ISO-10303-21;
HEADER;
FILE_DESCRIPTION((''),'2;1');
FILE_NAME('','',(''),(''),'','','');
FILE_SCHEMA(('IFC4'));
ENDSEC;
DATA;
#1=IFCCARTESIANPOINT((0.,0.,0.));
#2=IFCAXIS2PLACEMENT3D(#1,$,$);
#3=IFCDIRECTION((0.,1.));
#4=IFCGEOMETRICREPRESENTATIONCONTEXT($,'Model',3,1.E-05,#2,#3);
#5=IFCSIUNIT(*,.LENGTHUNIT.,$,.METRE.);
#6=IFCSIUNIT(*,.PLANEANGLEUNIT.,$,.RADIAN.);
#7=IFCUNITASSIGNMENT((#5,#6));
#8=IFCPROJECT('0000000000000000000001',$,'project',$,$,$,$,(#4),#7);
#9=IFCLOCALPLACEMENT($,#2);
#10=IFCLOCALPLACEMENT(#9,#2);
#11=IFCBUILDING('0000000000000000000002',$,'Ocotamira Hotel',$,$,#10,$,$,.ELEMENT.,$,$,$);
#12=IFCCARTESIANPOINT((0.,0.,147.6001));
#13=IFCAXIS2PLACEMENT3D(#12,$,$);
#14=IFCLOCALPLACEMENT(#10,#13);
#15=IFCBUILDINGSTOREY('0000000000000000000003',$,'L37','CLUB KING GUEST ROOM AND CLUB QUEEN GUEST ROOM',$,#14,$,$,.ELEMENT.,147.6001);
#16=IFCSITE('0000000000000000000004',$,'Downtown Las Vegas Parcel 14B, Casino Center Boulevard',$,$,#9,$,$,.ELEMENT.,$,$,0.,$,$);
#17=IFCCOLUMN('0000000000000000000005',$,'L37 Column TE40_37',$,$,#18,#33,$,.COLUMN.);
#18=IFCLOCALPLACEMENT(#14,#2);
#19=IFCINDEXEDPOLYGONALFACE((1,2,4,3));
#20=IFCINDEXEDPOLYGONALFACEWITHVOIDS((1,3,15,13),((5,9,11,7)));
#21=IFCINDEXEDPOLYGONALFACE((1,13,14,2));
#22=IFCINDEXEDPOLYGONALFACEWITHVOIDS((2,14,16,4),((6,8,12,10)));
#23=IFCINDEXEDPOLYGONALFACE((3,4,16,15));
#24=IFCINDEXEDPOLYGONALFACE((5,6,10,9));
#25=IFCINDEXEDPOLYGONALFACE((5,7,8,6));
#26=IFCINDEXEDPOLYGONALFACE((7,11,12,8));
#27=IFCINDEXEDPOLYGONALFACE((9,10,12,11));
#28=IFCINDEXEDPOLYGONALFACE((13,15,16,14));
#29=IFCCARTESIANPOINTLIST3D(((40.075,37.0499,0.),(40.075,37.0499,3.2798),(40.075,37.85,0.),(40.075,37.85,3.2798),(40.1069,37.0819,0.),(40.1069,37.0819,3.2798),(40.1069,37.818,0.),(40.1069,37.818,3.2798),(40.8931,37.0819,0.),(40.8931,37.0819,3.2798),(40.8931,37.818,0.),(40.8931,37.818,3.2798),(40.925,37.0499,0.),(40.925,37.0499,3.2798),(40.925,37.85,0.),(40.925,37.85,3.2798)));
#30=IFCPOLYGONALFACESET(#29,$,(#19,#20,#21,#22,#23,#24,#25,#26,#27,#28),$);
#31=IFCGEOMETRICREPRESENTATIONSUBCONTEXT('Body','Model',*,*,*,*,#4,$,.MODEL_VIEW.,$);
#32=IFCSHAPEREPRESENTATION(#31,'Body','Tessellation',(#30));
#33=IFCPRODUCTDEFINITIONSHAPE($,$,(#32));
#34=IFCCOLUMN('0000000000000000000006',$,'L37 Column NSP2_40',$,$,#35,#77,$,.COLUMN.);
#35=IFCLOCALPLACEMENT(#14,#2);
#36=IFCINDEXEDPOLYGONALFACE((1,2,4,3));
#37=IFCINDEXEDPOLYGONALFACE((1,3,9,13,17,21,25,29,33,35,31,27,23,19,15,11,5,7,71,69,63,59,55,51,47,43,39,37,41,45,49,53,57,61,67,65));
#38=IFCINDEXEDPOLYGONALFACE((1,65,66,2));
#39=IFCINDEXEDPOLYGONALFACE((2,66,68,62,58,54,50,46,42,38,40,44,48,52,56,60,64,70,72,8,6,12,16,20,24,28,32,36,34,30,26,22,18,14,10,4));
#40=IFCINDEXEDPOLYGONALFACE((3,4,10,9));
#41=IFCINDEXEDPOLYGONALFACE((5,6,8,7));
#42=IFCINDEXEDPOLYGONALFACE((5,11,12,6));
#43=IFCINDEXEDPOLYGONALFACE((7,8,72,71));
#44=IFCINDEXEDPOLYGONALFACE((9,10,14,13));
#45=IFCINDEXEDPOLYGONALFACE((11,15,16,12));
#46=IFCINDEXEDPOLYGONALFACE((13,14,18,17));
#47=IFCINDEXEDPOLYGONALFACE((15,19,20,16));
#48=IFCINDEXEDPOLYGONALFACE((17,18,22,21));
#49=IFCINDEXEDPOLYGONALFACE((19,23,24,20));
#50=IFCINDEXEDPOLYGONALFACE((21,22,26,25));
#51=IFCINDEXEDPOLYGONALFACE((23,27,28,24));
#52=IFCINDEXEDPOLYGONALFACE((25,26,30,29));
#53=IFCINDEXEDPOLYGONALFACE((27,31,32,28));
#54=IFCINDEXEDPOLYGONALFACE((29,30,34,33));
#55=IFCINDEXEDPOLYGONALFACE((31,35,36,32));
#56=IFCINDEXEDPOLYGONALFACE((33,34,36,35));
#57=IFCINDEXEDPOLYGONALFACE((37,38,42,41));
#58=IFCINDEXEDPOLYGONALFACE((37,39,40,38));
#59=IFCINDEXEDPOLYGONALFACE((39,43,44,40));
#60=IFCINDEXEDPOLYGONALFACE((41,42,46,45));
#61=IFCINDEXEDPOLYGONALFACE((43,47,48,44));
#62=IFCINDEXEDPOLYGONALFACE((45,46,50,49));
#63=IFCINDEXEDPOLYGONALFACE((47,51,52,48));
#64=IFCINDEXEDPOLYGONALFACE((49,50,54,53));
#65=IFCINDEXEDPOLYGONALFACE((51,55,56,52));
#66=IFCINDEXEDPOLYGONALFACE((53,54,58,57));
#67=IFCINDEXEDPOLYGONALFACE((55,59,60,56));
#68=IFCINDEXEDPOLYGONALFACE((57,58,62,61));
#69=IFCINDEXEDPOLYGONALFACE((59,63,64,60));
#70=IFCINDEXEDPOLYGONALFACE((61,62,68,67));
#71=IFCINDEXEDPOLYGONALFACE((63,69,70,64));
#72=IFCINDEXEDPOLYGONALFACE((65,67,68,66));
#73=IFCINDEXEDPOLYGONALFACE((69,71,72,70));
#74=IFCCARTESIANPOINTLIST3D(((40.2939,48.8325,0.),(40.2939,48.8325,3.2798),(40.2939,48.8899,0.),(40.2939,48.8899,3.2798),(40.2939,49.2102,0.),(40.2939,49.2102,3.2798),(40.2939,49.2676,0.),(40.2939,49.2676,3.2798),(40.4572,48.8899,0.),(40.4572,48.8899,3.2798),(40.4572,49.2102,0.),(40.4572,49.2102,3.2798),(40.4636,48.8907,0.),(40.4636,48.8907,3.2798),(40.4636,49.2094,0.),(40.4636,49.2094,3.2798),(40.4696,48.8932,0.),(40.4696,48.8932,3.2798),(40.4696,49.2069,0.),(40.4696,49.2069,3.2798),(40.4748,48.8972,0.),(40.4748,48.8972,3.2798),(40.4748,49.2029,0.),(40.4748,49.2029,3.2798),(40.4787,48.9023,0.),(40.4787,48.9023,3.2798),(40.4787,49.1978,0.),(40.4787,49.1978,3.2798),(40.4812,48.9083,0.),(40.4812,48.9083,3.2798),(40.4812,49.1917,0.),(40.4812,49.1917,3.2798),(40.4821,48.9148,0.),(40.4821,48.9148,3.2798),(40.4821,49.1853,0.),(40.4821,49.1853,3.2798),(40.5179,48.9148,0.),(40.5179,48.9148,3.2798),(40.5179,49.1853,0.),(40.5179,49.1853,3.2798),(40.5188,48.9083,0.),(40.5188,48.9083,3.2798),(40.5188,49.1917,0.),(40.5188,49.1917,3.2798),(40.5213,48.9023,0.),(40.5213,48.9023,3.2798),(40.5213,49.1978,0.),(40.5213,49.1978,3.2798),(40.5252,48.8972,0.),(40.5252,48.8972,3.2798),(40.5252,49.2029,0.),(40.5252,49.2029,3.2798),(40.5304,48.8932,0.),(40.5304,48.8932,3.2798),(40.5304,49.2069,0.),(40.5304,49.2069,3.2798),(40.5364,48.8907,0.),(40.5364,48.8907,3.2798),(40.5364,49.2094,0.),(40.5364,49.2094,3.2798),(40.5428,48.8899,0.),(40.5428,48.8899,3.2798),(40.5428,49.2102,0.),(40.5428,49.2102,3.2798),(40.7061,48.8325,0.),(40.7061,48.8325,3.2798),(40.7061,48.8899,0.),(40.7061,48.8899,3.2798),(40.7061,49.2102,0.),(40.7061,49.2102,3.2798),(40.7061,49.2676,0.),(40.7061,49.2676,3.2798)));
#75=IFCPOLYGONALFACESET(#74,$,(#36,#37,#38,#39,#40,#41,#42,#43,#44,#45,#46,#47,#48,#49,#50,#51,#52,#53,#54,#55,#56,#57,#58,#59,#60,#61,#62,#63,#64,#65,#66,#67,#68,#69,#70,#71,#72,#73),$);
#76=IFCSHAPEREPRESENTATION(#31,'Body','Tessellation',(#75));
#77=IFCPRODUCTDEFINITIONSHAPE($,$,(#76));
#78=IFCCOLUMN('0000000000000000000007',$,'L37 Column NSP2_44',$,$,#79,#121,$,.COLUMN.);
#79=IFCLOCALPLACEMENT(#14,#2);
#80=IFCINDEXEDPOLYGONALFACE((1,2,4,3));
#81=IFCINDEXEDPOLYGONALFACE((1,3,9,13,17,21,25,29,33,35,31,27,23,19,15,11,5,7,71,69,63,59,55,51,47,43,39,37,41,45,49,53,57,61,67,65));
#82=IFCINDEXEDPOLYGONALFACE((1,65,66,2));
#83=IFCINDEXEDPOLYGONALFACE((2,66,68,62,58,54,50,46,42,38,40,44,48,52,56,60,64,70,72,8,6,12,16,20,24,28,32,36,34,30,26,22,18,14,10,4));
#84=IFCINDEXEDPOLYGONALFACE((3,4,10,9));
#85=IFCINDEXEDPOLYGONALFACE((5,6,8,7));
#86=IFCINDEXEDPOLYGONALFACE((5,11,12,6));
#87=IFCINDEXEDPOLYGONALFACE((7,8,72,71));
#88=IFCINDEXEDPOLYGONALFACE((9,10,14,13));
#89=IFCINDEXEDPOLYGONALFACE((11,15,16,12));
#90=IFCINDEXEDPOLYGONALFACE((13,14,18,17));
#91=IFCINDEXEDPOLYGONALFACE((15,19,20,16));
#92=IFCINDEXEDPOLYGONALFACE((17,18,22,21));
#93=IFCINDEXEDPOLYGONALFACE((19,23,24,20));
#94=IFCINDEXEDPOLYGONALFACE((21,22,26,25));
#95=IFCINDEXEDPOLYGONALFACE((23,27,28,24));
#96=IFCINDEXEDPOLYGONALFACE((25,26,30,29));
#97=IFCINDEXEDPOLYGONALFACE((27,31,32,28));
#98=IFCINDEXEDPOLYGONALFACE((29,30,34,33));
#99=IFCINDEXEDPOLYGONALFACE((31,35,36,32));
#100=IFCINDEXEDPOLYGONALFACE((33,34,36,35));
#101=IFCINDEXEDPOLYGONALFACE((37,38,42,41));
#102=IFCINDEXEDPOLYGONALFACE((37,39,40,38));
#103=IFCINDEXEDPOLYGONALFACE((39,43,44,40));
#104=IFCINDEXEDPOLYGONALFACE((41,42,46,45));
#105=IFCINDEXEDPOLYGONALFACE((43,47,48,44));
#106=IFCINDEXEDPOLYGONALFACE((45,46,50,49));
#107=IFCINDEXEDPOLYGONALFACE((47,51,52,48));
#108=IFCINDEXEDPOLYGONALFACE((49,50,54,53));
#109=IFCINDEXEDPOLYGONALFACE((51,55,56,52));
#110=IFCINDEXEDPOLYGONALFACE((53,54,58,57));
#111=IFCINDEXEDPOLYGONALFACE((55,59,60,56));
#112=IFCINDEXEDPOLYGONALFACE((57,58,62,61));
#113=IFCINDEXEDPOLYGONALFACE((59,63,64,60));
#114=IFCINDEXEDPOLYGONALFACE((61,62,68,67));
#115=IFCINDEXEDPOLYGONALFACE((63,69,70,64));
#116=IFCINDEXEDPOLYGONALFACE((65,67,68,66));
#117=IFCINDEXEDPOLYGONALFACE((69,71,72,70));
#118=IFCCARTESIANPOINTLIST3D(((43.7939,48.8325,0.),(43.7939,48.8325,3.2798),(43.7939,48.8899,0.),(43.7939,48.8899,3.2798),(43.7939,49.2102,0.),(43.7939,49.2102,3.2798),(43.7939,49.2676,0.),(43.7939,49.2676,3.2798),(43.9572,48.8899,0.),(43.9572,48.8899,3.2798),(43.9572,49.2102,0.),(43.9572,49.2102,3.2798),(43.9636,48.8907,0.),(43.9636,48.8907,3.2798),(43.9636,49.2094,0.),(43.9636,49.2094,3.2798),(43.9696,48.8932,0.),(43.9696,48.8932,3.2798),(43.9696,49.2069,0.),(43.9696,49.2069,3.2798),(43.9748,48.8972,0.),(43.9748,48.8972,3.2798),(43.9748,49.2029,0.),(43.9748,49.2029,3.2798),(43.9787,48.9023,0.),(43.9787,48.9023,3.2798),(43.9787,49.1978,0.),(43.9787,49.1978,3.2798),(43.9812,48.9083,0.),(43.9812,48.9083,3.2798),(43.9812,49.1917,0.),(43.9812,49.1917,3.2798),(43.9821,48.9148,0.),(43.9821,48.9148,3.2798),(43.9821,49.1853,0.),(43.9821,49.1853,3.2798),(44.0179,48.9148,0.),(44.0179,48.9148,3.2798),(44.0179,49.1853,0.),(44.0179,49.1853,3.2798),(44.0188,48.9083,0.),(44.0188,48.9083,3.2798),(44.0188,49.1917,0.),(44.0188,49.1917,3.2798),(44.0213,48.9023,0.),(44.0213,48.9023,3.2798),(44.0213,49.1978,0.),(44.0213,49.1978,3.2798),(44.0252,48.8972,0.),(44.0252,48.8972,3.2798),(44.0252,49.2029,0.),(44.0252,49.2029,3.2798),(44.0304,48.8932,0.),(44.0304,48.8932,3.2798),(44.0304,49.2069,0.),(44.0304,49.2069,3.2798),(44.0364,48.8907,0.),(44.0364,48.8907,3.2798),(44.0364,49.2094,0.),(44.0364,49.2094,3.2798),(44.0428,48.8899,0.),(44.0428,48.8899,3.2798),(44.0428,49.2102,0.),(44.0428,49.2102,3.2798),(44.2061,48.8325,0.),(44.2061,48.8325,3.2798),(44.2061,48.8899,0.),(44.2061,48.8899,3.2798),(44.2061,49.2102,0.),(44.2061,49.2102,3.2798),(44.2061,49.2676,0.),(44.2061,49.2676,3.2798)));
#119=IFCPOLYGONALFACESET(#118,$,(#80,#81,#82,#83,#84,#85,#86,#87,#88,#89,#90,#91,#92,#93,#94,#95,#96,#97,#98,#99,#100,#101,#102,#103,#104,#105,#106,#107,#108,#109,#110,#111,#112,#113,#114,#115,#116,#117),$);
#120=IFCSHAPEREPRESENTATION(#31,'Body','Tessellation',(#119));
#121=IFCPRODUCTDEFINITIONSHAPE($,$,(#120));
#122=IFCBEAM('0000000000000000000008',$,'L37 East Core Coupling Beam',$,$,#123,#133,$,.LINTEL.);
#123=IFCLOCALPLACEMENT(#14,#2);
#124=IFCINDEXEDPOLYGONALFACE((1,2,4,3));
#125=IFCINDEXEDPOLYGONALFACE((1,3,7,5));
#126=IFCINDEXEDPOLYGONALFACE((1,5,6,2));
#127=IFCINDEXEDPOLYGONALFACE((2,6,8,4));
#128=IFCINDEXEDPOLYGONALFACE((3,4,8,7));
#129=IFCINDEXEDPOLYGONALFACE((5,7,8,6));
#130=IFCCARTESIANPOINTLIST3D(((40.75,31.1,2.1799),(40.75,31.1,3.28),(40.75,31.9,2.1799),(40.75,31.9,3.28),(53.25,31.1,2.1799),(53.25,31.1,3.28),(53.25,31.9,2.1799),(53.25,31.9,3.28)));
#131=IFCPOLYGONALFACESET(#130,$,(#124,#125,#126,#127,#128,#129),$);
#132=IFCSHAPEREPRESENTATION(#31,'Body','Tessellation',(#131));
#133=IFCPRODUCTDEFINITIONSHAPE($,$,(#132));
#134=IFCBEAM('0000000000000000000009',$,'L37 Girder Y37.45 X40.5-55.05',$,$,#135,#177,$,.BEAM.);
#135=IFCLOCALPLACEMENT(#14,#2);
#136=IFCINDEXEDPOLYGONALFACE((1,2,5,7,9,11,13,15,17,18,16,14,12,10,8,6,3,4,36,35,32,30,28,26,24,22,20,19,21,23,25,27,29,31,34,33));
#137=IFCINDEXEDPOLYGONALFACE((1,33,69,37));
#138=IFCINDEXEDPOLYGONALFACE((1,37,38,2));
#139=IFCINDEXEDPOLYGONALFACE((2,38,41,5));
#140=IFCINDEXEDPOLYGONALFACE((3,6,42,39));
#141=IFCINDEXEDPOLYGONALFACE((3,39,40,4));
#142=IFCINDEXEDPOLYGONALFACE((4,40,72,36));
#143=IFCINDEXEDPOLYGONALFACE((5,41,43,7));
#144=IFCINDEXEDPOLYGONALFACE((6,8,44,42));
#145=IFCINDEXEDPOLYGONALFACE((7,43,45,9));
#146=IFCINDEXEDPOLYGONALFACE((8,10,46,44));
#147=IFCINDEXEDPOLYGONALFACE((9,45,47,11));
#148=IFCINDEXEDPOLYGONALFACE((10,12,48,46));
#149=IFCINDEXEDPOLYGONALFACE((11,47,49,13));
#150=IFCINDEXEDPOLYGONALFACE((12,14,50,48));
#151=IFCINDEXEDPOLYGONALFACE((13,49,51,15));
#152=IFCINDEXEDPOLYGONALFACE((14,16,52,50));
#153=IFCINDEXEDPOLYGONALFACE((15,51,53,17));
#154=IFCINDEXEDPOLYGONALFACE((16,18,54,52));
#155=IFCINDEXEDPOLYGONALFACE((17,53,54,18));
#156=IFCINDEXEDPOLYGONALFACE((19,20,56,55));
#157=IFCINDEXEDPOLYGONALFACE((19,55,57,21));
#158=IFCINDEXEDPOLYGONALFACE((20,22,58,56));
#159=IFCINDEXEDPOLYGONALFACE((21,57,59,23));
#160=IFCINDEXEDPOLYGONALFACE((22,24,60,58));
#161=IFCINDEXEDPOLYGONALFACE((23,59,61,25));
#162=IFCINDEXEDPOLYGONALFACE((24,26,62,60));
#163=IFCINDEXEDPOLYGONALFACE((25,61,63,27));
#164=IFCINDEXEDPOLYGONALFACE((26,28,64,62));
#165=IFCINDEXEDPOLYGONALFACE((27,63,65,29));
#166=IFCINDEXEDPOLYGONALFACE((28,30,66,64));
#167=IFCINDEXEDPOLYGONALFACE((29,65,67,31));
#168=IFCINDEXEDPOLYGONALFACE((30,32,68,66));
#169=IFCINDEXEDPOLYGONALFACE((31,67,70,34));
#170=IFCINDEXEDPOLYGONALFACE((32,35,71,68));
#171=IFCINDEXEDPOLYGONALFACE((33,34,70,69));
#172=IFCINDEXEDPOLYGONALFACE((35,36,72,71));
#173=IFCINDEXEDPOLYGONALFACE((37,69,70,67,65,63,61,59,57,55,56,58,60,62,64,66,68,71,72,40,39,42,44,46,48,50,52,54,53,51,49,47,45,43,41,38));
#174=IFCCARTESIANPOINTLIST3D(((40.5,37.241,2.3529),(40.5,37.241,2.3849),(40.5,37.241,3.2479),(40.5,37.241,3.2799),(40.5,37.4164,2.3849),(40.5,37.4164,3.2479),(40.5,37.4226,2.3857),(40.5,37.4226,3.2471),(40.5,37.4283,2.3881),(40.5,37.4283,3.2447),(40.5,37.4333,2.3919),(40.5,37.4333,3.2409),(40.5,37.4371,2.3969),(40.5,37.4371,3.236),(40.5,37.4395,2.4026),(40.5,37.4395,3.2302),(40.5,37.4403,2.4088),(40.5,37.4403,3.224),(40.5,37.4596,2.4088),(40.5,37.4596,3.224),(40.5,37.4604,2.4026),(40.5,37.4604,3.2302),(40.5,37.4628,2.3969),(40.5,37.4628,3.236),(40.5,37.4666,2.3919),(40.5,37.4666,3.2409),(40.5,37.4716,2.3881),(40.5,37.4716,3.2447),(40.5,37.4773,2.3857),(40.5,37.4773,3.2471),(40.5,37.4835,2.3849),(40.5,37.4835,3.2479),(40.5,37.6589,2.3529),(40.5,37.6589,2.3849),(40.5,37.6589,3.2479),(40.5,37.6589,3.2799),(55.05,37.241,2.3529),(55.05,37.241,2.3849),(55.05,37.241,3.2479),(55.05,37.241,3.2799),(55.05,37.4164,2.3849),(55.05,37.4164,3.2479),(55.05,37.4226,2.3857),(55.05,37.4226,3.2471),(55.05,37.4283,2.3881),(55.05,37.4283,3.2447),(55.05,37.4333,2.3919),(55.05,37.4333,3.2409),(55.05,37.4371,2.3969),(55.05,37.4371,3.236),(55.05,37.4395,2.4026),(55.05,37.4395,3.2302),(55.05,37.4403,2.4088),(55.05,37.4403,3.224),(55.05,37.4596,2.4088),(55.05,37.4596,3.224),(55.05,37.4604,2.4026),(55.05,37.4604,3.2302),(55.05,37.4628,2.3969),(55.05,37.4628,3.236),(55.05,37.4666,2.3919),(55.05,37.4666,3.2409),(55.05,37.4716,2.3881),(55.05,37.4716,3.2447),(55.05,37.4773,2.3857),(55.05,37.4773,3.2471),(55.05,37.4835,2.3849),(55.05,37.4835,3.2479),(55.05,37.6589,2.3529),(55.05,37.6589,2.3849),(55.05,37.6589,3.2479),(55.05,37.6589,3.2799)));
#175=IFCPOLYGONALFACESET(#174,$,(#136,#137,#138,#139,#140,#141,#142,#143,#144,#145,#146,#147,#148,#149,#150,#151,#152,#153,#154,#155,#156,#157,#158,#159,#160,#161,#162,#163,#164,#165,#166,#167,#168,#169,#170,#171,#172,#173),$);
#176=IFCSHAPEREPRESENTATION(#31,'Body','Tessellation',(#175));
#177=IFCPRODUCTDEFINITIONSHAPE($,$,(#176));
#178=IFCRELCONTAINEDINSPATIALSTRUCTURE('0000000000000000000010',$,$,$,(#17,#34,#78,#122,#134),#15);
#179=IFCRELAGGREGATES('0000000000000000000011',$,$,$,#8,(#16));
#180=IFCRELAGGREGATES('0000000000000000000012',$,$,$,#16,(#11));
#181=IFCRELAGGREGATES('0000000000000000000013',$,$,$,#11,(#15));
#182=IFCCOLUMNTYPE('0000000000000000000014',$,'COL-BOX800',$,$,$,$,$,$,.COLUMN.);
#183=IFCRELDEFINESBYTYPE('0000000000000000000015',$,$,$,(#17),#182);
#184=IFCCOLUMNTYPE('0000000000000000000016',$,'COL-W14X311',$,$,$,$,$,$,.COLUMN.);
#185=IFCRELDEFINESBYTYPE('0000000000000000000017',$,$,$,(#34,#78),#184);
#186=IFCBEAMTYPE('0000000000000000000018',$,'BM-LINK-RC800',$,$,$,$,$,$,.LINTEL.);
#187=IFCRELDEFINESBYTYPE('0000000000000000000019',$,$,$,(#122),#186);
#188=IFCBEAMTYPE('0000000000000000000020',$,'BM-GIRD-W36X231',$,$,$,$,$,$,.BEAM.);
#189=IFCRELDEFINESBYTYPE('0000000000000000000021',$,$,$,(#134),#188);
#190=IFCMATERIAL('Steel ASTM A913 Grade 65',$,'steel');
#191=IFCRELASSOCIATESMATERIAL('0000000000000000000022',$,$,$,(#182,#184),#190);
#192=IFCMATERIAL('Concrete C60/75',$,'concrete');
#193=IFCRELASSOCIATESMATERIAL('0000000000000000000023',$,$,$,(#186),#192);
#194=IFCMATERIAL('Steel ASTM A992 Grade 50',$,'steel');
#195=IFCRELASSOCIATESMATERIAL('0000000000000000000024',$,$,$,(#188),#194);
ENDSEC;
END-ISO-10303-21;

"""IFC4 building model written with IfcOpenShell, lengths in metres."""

from ifc_helpers import new_model, si_unit, direction, frame, origin, origin_2d, place, context, subcontext, project, spatial, rectangle, hollow_rectangle, i_section, extrude, source, transform, mapped, material, material_profile, profile_set, type_object, element, save


model = new_model("IFC4")

# Units and contexts
model_context = context("Model", 3, precision=1e-05, world=origin(), true_north=direction((0.0, 1.0)))
body_context = subcontext(model_context, "Body", "Model", "MODEL_VIEW")
ifc_project = project(units=[si_unit("LENGTHUNIT", "METRE"), si_unit("PLANEANGLEUNIT", "RADIAN")], contexts=[model_context])

# Site, building, storey
site_placement = place(None, origin())
site = spatial("IfcSite", under=ifc_project, at=site_placement, Name="Downtown Las Vegas Parcel 14B, Casino Center Boulevard", CompositionType="ELEMENT", RefElevation=0.0)
building_placement = place(site_placement, origin())
building = spatial("IfcBuilding", under=site, at=building_placement, Name="Ocotamira Hotel", CompositionType="ELEMENT")
storey_placement = place(building_placement, frame((0.0, 0.0, 147.6001)))
storey = spatial("IfcBuildingStorey", under=building, at=storey_placement, Name="L37", Description="CLUB KING GUEST ROOM AND CLUB QUEEN GUEST ROOM", CompositionType="ELEMENT", Elevation=147.6001)

# Columns
ifc_material_1 = material(Name="Steel ASTM A913 Grade 65", Category="steel")
ifc_material_profile_1 = material_profile(ifc_material_1, hollow_rectangle(XDim=0.8501, YDim=0.8, WallThickness=0.032, at=origin_2d()), Name="BOX800X850X32")
ifc_profile_set_1 = profile_set([ifc_material_profile_1], Name="Steel ASTM A913 Grade 65")
column_type_1 = type_object("IfcColumnType", Name="COL-BOX800", PredefinedType="COLUMN", material=ifc_profile_set_1)
shared_shape_1 = source(origin(), body_context, "Body", "SweptSolid", [
    extrude(hollow_rectangle(XDim=0.8501, YDim=0.8, WallThickness=0.032, at=origin_2d()), origin(), (0.0, 0.0, 1.0), 3.2798),
])
column_placement = place(storey_placement, frame((40.5, 37.45, 0.0), z_axis=(0.0, 0.0, 1.0), x_axis=(1.0, 0.0, 0.0)))
element("IfcColumn", 1, at=column_placement, inside=storey, type_object=column_type_1, Name="L37 Column TE40_37", PredefinedType="COLUMN", context=body_context, shape_type="MappedRepresentation", body=[
    mapped(shared_shape_1, transform((0.0, 0.0, 0.0), scale=1.0)),
])
ifc_material_profile_2 = material_profile(ifc_material_1, i_section(OverallWidth=0.4121, OverallDepth=0.4351, WebThickness=0.0359, FlangeThickness=0.0574, FilletRadius=0.0249, at=origin_2d()), Name="W14X311")
ifc_profile_set_2 = profile_set([ifc_material_profile_2], Name="Steel ASTM A913 Grade 65")
column_type_2 = type_object("IfcColumnType", Name="COL-W14X311", PredefinedType="COLUMN", material=ifc_profile_set_2)
shared_shape_2 = source(origin(), body_context, "Body", "SweptSolid", [
    extrude(i_section(OverallWidth=0.4121, OverallDepth=0.4351, WebThickness=0.0359, FlangeThickness=0.0574, FilletRadius=0.0249, at=origin_2d()), origin(), (0.0, 0.0, 1.0), 3.2798),
])
for number, where, z_axis, x_axis, name in (
    (2, (40.5, 49.05, 0.0), (0.0, 0.0, 1.0), (1.0, 0.0, 0.0), "L37 Column NSP2_40"),
    (3, (44.0, 49.05, 0.0), (0.0, 0.0, 1.0), (1.0, 0.0, 0.0), "L37 Column NSP2_44"),
):
    element("IfcColumn", number, at=place(storey_placement, frame(where, z_axis=z_axis, x_axis=x_axis)), inside=storey, type_object=column_type_2, Name=name, PredefinedType="COLUMN", context=body_context, shape_type="MappedRepresentation", body=[
        mapped(shared_shape_2, transform((0.0, 0.0, 0.0), scale=1.0)),
    ])

# Beams
ifc_material_2 = material(Name="Concrete C60/75", Category="concrete")
ifc_material_profile_3 = material_profile(ifc_material_2, rectangle(XDim=0.8, YDim=1.1001, at=origin_2d()), Name="RC800X1100")
ifc_profile_set_3 = profile_set([ifc_material_profile_3], Name="Concrete C60/75")
beam_type_1 = type_object("IfcBeamType", Name="BM-LINK-RC800", PredefinedType="LINTEL", material=ifc_profile_set_3)
shared_shape_3 = source(origin(), body_context, "Body", "SweptSolid", [
    extrude(rectangle(XDim=0.8, YDim=1.1001, at=origin_2d()), origin(), (0.0, 0.0, 1.0), 12.5),
])
beam_1_placement = place(storey_placement, frame((40.75, 31.5, 2.73), z_axis=(1.0, 0.0, 0.0), x_axis=(0.0, 1.0, 0.0)))
element("IfcBeam", 4, at=beam_1_placement, inside=storey, type_object=beam_type_1, Name="L37 East Core Coupling Beam", PredefinedType="LINTEL", context=body_context, shape_type="MappedRepresentation", body=[
    mapped(shared_shape_3, transform((0.0, 0.0, 0.0), scale=1.0)),
])
ifc_material_3 = material(Name="Steel ASTM A992 Grade 50", Category="steel")
ifc_material_profile_4 = material_profile(ifc_material_3, i_section(OverallWidth=0.418, OverallDepth=0.927, WebThickness=0.0193, FlangeThickness=0.032, FilletRadius=0.0239, at=origin_2d()), Name="W36X231")
ifc_profile_set_4 = profile_set([ifc_material_profile_4], Name="Steel ASTM A992 Grade 50")
beam_type_2 = type_object("IfcBeamType", Name="BM-GIRD-W36X231", PredefinedType="BEAM", material=ifc_profile_set_4)
shared_shape_4 = source(origin(), body_context, "Body", "SweptSolid", [
    extrude(i_section(OverallWidth=0.418, OverallDepth=0.927, WebThickness=0.0193, FlangeThickness=0.032, FilletRadius=0.0239, at=origin_2d()), origin(), (0.0, 0.0, 1.0), 14.55),
])
beam_2_placement = place(storey_placement, frame((40.5, 37.45, 2.8164), z_axis=(1.0, 0.0, 0.0), x_axis=(0.0, 1.0, 0.0)))
element("IfcBeam", 5, at=beam_2_placement, inside=storey, type_object=beam_type_2, Name="L37 Girder Y37.45 X40.5-55.05", PredefinedType="BEAM", context=body_context, shape_type="MappedRepresentation", body=[
    mapped(shared_shape_4, transform((0.0, 0.0, 0.0), scale=1.0)),
])

save(model, "model.ifc")
